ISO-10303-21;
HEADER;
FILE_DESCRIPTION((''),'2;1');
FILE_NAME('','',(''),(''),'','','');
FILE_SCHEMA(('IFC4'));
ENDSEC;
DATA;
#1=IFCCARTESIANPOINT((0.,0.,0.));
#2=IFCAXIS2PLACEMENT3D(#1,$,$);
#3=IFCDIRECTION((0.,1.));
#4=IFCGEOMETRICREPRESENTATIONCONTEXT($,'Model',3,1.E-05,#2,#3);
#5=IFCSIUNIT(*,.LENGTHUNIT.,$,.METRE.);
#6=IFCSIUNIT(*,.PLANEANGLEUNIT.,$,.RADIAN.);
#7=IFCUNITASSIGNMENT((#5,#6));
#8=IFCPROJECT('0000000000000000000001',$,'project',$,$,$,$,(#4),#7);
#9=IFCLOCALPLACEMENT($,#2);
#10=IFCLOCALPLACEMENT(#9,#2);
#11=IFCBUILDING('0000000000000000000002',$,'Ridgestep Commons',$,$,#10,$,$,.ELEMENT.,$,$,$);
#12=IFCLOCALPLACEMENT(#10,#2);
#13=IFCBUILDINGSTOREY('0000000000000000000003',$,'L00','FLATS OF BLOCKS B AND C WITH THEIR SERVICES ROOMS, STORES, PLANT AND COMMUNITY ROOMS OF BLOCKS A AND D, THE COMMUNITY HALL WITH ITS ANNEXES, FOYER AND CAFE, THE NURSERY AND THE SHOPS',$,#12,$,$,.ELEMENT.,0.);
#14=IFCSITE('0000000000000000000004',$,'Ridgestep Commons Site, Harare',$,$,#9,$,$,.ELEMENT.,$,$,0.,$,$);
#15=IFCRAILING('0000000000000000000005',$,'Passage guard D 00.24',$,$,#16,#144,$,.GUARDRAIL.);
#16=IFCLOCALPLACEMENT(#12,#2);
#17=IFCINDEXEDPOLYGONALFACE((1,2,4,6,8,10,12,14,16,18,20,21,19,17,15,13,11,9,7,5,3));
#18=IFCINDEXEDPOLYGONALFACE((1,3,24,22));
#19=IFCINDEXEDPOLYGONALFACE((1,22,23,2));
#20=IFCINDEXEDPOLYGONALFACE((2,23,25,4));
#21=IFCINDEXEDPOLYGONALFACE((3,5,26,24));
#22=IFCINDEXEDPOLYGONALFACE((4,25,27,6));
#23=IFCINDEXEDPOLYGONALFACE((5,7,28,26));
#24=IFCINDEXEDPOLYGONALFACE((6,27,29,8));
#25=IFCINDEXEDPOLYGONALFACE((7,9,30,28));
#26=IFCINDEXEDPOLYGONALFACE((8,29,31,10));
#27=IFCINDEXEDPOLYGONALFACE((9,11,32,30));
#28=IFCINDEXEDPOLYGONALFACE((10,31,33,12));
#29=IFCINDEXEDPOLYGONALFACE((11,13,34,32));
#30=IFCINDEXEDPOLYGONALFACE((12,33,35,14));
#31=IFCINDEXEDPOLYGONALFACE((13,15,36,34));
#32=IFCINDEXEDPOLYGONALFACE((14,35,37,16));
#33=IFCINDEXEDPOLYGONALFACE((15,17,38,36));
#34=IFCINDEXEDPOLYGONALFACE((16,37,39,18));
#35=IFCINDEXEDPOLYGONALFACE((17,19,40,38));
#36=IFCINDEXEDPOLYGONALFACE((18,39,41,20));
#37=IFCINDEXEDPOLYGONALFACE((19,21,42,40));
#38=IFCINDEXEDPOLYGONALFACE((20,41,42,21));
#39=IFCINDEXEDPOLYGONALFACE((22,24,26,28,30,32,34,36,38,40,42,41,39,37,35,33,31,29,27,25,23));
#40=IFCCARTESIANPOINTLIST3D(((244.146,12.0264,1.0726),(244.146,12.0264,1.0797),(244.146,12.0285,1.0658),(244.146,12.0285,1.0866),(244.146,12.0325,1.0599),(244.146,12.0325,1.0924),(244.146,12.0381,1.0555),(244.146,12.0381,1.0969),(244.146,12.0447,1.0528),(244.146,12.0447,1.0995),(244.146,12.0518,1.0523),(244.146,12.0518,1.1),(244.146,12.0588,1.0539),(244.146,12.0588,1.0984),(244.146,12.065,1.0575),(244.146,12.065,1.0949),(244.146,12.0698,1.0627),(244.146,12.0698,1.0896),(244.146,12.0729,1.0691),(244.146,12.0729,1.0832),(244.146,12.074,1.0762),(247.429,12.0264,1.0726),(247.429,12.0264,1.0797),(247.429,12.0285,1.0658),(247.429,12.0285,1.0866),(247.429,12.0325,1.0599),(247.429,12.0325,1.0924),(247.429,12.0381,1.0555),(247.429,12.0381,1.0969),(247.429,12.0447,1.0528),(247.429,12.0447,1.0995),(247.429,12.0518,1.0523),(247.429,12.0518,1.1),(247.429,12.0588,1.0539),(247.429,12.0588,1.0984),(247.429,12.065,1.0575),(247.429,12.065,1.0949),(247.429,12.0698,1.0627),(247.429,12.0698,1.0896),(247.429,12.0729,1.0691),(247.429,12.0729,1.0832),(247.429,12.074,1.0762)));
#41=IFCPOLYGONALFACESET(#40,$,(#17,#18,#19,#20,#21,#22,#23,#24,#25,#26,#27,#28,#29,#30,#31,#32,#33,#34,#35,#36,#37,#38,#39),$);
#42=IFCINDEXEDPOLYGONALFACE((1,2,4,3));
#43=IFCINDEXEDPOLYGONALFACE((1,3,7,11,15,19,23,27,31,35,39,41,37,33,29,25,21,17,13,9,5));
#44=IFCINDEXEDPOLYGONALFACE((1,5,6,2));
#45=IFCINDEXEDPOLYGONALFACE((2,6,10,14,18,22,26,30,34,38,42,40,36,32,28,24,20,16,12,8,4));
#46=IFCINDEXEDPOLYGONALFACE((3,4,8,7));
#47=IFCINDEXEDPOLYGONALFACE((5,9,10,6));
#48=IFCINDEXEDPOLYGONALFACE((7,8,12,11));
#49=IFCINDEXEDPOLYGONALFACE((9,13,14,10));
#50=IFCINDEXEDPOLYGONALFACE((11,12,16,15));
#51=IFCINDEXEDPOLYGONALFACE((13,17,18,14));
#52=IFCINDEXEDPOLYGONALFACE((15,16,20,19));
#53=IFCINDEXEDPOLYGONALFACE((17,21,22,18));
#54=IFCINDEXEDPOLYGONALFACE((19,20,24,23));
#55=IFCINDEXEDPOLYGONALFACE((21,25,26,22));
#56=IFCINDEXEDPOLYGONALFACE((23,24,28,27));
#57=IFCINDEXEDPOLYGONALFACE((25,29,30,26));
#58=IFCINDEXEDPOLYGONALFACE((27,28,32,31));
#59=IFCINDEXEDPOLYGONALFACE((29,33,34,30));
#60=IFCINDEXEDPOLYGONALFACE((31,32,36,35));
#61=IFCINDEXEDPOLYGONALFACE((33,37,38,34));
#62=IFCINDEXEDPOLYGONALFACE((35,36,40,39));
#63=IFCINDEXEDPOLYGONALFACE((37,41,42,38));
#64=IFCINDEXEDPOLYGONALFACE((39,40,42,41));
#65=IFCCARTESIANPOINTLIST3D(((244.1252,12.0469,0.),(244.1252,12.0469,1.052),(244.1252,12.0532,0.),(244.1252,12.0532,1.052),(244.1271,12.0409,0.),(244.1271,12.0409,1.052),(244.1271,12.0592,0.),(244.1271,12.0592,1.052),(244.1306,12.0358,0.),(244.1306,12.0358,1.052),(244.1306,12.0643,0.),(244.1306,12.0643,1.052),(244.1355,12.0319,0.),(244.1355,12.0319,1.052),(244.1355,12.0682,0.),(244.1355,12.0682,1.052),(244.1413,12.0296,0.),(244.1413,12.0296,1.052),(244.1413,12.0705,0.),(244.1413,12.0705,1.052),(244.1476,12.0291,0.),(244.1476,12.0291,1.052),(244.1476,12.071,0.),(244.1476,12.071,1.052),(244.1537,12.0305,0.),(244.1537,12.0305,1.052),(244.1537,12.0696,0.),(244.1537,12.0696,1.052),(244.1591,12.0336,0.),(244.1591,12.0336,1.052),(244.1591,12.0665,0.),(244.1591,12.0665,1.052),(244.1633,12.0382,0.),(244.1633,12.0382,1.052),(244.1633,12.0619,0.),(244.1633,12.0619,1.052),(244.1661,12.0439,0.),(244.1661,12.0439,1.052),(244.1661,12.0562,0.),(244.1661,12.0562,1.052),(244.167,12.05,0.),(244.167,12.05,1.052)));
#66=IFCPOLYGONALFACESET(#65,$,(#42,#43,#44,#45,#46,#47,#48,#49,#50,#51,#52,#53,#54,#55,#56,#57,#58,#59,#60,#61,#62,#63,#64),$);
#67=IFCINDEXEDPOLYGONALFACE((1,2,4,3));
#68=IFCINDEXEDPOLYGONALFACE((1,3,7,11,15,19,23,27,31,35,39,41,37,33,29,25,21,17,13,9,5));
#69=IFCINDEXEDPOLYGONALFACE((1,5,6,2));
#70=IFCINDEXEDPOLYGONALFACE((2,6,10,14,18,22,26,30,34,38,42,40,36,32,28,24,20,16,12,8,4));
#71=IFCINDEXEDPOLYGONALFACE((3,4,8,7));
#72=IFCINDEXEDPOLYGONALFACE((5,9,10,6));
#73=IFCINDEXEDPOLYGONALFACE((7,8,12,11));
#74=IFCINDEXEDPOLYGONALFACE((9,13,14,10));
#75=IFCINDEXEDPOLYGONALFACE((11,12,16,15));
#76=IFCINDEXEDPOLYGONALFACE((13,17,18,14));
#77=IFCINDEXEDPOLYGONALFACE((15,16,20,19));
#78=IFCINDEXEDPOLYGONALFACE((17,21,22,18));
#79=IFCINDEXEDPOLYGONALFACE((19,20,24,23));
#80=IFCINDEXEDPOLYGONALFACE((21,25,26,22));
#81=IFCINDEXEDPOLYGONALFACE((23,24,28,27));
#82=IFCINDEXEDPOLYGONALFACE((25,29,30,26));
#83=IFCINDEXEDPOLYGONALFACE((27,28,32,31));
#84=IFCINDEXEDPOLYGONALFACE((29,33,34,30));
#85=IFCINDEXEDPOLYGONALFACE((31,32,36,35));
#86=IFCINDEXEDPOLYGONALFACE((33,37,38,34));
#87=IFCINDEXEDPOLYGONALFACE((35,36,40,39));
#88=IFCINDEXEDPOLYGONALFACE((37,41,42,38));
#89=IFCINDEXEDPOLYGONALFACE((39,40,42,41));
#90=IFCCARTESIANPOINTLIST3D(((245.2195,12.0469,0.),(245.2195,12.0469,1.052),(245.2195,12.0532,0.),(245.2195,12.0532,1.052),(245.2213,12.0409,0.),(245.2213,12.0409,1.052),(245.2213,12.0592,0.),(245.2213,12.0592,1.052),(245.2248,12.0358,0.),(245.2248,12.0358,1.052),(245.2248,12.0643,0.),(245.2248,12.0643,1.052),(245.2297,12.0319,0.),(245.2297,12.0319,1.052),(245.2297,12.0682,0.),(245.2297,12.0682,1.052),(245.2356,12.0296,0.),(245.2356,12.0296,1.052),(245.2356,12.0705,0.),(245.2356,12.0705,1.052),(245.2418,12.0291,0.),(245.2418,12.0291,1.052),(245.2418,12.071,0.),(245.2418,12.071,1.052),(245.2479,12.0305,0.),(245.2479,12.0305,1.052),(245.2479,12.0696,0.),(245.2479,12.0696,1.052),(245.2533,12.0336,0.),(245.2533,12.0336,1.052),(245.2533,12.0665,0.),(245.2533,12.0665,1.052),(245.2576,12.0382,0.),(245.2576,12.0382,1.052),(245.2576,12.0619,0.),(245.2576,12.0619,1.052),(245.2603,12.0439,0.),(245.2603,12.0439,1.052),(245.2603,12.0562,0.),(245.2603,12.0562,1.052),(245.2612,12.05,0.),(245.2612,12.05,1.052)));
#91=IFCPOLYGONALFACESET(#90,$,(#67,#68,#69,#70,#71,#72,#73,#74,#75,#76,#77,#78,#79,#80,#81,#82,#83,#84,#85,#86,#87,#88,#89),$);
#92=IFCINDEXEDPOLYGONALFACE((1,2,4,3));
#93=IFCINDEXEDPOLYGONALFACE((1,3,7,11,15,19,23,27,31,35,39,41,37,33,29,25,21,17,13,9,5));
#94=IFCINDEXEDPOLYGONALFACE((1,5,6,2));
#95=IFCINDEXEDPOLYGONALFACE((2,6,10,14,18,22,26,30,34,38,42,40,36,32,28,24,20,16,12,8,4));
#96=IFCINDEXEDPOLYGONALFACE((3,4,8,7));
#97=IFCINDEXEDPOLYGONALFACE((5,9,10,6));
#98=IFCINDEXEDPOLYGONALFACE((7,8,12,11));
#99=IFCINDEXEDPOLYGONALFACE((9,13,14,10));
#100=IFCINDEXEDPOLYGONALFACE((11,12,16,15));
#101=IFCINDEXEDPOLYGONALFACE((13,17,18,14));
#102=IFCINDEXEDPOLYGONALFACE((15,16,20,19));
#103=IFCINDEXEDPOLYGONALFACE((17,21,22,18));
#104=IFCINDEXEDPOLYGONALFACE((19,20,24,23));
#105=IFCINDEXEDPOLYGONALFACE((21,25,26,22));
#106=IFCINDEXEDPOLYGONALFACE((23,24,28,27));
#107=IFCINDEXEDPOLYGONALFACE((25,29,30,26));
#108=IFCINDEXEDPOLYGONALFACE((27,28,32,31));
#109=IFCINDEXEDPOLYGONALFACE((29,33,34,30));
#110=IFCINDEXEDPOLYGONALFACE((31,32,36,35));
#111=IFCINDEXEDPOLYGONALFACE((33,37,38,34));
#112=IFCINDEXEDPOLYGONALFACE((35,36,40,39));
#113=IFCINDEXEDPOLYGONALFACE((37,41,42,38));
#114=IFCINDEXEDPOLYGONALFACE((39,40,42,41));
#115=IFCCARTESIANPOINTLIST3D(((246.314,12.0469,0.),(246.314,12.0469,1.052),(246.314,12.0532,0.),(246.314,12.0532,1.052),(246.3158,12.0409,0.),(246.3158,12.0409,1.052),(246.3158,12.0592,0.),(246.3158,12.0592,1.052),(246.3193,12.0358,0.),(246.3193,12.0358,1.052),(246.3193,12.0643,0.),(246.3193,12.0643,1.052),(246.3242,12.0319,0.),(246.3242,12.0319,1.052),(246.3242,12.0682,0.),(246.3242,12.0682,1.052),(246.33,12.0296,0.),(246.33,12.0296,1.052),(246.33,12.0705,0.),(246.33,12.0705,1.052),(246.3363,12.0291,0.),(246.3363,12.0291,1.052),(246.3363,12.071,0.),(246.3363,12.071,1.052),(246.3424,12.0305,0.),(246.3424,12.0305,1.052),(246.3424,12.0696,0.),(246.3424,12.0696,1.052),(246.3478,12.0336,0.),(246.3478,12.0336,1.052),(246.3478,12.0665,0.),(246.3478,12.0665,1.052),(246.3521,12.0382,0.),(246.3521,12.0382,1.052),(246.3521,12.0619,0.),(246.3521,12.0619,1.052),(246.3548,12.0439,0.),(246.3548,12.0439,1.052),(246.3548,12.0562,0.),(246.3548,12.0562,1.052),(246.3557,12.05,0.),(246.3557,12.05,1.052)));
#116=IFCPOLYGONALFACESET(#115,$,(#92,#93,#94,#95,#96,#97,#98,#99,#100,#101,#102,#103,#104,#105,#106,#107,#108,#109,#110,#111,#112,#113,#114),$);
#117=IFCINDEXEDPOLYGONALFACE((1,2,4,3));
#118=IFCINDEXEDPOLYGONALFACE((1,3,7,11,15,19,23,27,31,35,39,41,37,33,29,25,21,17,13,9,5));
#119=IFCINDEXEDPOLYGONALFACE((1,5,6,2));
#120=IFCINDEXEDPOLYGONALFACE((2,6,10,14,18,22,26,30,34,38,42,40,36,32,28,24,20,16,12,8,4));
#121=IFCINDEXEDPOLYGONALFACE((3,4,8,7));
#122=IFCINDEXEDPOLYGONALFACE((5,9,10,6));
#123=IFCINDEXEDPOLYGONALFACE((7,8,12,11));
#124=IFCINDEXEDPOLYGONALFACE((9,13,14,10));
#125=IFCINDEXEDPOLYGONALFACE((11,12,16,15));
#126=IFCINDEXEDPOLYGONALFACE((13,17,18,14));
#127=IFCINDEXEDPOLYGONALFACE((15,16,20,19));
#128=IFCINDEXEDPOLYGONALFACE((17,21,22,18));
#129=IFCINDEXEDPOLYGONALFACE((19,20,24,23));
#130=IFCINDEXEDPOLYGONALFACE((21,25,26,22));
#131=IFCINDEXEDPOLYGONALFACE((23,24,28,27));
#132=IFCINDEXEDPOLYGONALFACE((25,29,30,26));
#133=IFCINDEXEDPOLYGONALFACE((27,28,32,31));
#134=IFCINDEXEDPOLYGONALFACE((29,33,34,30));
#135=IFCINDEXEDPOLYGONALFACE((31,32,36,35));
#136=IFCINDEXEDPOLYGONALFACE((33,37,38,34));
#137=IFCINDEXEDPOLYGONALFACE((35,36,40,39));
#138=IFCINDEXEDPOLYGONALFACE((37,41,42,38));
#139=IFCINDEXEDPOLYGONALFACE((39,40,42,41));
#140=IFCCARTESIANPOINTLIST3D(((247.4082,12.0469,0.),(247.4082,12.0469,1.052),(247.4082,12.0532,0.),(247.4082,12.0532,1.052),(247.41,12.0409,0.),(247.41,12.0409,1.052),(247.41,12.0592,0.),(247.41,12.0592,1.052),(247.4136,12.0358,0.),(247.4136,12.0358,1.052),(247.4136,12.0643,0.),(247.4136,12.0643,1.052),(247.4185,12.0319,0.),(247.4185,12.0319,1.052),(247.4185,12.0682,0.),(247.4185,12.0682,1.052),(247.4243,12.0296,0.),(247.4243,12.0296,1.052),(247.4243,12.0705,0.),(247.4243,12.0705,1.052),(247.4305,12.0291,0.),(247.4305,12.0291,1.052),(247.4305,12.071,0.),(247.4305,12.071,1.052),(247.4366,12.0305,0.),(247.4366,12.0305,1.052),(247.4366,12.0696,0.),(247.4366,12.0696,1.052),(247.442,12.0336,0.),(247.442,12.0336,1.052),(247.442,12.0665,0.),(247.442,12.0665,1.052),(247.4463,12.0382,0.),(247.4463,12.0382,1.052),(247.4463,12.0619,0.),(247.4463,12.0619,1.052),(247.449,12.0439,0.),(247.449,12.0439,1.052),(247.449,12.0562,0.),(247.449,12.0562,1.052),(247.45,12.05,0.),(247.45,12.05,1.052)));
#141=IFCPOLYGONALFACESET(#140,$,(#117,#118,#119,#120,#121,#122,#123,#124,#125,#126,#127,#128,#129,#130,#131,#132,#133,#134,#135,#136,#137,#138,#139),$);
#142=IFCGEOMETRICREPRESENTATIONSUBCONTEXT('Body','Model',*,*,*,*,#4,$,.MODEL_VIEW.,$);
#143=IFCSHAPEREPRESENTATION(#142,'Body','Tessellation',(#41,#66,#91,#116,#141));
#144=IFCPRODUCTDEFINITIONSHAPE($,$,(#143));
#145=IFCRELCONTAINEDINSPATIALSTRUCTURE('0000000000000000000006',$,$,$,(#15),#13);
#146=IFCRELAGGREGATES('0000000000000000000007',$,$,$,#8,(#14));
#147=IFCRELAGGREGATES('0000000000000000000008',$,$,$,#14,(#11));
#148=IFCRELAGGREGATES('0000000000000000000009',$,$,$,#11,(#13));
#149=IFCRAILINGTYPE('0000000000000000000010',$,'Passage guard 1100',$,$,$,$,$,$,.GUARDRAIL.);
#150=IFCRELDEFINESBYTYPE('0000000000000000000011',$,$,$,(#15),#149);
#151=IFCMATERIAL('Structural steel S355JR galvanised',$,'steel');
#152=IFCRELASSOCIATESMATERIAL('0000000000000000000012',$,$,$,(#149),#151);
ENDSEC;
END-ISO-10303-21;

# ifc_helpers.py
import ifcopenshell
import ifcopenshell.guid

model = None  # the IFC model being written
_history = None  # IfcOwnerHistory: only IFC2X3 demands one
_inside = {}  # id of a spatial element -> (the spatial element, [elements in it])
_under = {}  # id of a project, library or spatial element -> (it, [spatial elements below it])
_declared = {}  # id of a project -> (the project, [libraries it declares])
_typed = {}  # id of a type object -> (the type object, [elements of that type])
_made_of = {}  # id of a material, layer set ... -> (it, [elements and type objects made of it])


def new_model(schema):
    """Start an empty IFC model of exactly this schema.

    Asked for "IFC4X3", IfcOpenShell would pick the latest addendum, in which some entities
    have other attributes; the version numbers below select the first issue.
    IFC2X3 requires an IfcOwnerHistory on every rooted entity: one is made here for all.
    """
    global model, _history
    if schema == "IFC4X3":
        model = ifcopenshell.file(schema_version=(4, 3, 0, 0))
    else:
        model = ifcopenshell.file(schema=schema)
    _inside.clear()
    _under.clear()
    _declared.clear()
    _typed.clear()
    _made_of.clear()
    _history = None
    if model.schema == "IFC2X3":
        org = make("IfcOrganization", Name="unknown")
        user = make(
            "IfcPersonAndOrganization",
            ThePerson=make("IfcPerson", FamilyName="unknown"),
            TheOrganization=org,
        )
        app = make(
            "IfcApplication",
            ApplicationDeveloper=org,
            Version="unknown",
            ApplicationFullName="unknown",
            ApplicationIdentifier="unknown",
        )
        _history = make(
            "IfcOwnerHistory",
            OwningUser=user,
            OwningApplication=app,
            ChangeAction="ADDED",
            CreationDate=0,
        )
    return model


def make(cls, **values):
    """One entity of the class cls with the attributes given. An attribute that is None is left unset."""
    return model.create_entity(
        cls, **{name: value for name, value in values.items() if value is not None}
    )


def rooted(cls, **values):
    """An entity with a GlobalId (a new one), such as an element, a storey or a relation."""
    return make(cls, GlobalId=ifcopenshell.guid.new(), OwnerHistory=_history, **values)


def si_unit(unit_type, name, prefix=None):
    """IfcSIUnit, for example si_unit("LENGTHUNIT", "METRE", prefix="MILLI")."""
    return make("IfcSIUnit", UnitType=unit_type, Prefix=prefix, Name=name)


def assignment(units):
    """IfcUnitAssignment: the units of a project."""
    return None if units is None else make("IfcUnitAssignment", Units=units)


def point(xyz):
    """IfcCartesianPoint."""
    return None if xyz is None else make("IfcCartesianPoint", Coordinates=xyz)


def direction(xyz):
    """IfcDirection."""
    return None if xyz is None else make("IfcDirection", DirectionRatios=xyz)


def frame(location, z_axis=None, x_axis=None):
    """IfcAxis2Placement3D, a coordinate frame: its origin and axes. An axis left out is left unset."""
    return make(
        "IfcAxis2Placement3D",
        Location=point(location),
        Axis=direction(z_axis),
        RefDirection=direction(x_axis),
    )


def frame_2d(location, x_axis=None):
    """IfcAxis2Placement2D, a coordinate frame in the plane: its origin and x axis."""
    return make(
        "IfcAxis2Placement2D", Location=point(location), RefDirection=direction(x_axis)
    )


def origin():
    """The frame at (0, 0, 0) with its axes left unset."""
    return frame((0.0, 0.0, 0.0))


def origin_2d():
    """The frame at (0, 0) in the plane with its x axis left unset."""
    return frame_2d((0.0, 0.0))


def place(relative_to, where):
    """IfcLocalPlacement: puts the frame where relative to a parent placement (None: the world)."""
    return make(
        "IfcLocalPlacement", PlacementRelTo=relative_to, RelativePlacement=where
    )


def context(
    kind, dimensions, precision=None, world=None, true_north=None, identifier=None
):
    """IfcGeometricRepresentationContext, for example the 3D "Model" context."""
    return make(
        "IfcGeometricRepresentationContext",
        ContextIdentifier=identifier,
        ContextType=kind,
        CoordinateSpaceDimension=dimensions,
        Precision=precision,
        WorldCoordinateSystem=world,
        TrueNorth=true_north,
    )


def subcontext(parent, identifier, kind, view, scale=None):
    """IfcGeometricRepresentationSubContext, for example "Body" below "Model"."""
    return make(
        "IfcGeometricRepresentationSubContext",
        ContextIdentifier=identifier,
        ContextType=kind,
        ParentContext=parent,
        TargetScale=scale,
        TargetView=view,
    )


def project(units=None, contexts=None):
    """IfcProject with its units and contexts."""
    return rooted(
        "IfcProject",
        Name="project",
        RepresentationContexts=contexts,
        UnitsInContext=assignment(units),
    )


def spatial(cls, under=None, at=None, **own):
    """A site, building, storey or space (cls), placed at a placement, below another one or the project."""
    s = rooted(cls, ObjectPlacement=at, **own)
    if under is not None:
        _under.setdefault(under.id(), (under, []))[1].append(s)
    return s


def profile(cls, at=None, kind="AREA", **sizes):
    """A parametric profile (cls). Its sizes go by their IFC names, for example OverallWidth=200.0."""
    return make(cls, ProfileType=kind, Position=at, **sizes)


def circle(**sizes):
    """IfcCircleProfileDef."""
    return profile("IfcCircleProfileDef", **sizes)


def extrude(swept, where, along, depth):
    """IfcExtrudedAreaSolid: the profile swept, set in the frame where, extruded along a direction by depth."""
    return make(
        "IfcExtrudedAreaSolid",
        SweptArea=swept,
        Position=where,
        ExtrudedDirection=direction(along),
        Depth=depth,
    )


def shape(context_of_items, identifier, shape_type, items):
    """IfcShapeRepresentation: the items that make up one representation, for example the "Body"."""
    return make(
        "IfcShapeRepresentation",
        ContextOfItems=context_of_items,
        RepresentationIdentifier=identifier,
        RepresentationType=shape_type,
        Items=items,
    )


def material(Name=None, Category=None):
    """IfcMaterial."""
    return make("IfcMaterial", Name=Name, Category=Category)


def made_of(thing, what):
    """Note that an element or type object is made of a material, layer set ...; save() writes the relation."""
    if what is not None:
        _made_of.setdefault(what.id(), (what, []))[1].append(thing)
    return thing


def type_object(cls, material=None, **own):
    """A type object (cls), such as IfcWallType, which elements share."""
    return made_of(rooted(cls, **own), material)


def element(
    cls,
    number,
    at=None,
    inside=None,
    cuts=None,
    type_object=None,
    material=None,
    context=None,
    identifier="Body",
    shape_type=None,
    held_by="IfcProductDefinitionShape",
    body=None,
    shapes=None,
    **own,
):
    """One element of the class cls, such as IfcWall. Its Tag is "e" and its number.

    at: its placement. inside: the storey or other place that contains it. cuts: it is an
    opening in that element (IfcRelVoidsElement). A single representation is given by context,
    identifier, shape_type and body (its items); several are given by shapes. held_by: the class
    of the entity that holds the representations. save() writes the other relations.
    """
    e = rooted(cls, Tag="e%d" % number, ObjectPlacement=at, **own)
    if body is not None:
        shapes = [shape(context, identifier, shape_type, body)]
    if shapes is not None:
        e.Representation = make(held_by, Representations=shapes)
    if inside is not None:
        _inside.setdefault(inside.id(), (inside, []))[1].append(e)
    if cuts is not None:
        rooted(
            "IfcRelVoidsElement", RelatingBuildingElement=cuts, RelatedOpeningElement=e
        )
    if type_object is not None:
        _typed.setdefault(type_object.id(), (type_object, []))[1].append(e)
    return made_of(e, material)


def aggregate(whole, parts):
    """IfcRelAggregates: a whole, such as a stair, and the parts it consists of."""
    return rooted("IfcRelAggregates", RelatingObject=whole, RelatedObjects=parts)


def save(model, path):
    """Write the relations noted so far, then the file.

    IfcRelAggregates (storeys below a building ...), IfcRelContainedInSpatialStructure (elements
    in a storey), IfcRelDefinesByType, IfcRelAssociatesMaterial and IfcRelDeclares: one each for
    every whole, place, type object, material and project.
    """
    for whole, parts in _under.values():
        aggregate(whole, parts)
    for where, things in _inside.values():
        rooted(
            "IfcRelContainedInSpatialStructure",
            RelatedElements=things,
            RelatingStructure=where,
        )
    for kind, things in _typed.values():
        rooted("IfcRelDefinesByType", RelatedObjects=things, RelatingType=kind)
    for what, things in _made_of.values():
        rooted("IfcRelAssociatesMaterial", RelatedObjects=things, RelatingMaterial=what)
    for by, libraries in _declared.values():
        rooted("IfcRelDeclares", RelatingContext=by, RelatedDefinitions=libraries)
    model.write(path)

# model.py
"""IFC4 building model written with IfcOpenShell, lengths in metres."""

from ifc_helpers import new_model, si_unit, direction, frame, origin, origin_2d, place, context, subcontext, project, spatial, circle, extrude, material, type_object, element, save


model = new_model("IFC4")

# Units and contexts
model_context = context("Model", 3, precision=1e-05, world=origin(), true_north=direction((0.0, 1.0)))
body_context = subcontext(model_context, "Body", "Model", "MODEL_VIEW")
ifc_project = project(units=[si_unit("LENGTHUNIT", "METRE"), si_unit("PLANEANGLEUNIT", "RADIAN")], contexts=[model_context])

# Site, building, storey
site_placement = place(None, origin())
site = spatial("IfcSite", under=ifc_project, at=site_placement, Name="Ridgestep Commons Site, Harare", CompositionType="ELEMENT", RefElevation=0.0)
building_placement = place(site_placement, origin())
building = spatial("IfcBuilding", under=site, at=building_placement, Name="Ridgestep Commons", CompositionType="ELEMENT")
storey_placement = place(building_placement, origin())
storey = spatial("IfcBuildingStorey", under=building, at=storey_placement, Name="L00", Description="FLATS OF BLOCKS B AND C WITH THEIR SERVICES ROOMS, STORES, PLANT AND COMMUNITY ROOMS OF BLOCKS A AND D, THE COMMUNITY HALL WITH ITS ANNEXES, FOYER AND CAFE, THE NURSERY AND THE SHOPS", CompositionType="ELEMENT", Elevation=0.0)

# Railing
ifc_material_1 = material(Name="Structural steel S355JR galvanised", Category="steel")
railing_type = type_object("IfcRailingType", Name="Passage guard 1100", PredefinedType="GUARDRAIL", material=ifc_material_1)
railing_1_placement = place(storey_placement, frame((244.146, 12.05, 0.0)))
element("IfcRailing", 1, at=railing_1_placement, inside=storey, type_object=railing_type, Name="Passage guard D 00.24", PredefinedType="GUARDRAIL", context=body_context, shape_type="SweptSolid", body=[
    extrude(circle(Radius=0.0239, at=origin_2d()), frame((0.0, 0.0, 1.0762), z_axis=(1.0, 0.0, 0.0), x_axis=(0.0, 1.0, 0.0)), (0.0, 0.0, 1.0), 3.283),
    extrude(circle(Radius=0.021, at=origin_2d()), origin(), (0.0, 0.0, 1.0), 1.052),
    extrude(circle(Radius=0.021, at=origin_2d()), frame((1.0942, 0.0, 0.0)), (0.0, 0.0, 1.0), 1.052),
    extrude(circle(Radius=0.021, at=origin_2d()), frame((2.1887, 0.0, 0.0)), (0.0, 0.0, 1.0), 1.052),
    extrude(circle(Radius=0.021, at=origin_2d()), frame((3.283, 0.0, 0.0)), (0.0, 0.0, 1.0), 1.052),
])

save(model, "model.ifc")
